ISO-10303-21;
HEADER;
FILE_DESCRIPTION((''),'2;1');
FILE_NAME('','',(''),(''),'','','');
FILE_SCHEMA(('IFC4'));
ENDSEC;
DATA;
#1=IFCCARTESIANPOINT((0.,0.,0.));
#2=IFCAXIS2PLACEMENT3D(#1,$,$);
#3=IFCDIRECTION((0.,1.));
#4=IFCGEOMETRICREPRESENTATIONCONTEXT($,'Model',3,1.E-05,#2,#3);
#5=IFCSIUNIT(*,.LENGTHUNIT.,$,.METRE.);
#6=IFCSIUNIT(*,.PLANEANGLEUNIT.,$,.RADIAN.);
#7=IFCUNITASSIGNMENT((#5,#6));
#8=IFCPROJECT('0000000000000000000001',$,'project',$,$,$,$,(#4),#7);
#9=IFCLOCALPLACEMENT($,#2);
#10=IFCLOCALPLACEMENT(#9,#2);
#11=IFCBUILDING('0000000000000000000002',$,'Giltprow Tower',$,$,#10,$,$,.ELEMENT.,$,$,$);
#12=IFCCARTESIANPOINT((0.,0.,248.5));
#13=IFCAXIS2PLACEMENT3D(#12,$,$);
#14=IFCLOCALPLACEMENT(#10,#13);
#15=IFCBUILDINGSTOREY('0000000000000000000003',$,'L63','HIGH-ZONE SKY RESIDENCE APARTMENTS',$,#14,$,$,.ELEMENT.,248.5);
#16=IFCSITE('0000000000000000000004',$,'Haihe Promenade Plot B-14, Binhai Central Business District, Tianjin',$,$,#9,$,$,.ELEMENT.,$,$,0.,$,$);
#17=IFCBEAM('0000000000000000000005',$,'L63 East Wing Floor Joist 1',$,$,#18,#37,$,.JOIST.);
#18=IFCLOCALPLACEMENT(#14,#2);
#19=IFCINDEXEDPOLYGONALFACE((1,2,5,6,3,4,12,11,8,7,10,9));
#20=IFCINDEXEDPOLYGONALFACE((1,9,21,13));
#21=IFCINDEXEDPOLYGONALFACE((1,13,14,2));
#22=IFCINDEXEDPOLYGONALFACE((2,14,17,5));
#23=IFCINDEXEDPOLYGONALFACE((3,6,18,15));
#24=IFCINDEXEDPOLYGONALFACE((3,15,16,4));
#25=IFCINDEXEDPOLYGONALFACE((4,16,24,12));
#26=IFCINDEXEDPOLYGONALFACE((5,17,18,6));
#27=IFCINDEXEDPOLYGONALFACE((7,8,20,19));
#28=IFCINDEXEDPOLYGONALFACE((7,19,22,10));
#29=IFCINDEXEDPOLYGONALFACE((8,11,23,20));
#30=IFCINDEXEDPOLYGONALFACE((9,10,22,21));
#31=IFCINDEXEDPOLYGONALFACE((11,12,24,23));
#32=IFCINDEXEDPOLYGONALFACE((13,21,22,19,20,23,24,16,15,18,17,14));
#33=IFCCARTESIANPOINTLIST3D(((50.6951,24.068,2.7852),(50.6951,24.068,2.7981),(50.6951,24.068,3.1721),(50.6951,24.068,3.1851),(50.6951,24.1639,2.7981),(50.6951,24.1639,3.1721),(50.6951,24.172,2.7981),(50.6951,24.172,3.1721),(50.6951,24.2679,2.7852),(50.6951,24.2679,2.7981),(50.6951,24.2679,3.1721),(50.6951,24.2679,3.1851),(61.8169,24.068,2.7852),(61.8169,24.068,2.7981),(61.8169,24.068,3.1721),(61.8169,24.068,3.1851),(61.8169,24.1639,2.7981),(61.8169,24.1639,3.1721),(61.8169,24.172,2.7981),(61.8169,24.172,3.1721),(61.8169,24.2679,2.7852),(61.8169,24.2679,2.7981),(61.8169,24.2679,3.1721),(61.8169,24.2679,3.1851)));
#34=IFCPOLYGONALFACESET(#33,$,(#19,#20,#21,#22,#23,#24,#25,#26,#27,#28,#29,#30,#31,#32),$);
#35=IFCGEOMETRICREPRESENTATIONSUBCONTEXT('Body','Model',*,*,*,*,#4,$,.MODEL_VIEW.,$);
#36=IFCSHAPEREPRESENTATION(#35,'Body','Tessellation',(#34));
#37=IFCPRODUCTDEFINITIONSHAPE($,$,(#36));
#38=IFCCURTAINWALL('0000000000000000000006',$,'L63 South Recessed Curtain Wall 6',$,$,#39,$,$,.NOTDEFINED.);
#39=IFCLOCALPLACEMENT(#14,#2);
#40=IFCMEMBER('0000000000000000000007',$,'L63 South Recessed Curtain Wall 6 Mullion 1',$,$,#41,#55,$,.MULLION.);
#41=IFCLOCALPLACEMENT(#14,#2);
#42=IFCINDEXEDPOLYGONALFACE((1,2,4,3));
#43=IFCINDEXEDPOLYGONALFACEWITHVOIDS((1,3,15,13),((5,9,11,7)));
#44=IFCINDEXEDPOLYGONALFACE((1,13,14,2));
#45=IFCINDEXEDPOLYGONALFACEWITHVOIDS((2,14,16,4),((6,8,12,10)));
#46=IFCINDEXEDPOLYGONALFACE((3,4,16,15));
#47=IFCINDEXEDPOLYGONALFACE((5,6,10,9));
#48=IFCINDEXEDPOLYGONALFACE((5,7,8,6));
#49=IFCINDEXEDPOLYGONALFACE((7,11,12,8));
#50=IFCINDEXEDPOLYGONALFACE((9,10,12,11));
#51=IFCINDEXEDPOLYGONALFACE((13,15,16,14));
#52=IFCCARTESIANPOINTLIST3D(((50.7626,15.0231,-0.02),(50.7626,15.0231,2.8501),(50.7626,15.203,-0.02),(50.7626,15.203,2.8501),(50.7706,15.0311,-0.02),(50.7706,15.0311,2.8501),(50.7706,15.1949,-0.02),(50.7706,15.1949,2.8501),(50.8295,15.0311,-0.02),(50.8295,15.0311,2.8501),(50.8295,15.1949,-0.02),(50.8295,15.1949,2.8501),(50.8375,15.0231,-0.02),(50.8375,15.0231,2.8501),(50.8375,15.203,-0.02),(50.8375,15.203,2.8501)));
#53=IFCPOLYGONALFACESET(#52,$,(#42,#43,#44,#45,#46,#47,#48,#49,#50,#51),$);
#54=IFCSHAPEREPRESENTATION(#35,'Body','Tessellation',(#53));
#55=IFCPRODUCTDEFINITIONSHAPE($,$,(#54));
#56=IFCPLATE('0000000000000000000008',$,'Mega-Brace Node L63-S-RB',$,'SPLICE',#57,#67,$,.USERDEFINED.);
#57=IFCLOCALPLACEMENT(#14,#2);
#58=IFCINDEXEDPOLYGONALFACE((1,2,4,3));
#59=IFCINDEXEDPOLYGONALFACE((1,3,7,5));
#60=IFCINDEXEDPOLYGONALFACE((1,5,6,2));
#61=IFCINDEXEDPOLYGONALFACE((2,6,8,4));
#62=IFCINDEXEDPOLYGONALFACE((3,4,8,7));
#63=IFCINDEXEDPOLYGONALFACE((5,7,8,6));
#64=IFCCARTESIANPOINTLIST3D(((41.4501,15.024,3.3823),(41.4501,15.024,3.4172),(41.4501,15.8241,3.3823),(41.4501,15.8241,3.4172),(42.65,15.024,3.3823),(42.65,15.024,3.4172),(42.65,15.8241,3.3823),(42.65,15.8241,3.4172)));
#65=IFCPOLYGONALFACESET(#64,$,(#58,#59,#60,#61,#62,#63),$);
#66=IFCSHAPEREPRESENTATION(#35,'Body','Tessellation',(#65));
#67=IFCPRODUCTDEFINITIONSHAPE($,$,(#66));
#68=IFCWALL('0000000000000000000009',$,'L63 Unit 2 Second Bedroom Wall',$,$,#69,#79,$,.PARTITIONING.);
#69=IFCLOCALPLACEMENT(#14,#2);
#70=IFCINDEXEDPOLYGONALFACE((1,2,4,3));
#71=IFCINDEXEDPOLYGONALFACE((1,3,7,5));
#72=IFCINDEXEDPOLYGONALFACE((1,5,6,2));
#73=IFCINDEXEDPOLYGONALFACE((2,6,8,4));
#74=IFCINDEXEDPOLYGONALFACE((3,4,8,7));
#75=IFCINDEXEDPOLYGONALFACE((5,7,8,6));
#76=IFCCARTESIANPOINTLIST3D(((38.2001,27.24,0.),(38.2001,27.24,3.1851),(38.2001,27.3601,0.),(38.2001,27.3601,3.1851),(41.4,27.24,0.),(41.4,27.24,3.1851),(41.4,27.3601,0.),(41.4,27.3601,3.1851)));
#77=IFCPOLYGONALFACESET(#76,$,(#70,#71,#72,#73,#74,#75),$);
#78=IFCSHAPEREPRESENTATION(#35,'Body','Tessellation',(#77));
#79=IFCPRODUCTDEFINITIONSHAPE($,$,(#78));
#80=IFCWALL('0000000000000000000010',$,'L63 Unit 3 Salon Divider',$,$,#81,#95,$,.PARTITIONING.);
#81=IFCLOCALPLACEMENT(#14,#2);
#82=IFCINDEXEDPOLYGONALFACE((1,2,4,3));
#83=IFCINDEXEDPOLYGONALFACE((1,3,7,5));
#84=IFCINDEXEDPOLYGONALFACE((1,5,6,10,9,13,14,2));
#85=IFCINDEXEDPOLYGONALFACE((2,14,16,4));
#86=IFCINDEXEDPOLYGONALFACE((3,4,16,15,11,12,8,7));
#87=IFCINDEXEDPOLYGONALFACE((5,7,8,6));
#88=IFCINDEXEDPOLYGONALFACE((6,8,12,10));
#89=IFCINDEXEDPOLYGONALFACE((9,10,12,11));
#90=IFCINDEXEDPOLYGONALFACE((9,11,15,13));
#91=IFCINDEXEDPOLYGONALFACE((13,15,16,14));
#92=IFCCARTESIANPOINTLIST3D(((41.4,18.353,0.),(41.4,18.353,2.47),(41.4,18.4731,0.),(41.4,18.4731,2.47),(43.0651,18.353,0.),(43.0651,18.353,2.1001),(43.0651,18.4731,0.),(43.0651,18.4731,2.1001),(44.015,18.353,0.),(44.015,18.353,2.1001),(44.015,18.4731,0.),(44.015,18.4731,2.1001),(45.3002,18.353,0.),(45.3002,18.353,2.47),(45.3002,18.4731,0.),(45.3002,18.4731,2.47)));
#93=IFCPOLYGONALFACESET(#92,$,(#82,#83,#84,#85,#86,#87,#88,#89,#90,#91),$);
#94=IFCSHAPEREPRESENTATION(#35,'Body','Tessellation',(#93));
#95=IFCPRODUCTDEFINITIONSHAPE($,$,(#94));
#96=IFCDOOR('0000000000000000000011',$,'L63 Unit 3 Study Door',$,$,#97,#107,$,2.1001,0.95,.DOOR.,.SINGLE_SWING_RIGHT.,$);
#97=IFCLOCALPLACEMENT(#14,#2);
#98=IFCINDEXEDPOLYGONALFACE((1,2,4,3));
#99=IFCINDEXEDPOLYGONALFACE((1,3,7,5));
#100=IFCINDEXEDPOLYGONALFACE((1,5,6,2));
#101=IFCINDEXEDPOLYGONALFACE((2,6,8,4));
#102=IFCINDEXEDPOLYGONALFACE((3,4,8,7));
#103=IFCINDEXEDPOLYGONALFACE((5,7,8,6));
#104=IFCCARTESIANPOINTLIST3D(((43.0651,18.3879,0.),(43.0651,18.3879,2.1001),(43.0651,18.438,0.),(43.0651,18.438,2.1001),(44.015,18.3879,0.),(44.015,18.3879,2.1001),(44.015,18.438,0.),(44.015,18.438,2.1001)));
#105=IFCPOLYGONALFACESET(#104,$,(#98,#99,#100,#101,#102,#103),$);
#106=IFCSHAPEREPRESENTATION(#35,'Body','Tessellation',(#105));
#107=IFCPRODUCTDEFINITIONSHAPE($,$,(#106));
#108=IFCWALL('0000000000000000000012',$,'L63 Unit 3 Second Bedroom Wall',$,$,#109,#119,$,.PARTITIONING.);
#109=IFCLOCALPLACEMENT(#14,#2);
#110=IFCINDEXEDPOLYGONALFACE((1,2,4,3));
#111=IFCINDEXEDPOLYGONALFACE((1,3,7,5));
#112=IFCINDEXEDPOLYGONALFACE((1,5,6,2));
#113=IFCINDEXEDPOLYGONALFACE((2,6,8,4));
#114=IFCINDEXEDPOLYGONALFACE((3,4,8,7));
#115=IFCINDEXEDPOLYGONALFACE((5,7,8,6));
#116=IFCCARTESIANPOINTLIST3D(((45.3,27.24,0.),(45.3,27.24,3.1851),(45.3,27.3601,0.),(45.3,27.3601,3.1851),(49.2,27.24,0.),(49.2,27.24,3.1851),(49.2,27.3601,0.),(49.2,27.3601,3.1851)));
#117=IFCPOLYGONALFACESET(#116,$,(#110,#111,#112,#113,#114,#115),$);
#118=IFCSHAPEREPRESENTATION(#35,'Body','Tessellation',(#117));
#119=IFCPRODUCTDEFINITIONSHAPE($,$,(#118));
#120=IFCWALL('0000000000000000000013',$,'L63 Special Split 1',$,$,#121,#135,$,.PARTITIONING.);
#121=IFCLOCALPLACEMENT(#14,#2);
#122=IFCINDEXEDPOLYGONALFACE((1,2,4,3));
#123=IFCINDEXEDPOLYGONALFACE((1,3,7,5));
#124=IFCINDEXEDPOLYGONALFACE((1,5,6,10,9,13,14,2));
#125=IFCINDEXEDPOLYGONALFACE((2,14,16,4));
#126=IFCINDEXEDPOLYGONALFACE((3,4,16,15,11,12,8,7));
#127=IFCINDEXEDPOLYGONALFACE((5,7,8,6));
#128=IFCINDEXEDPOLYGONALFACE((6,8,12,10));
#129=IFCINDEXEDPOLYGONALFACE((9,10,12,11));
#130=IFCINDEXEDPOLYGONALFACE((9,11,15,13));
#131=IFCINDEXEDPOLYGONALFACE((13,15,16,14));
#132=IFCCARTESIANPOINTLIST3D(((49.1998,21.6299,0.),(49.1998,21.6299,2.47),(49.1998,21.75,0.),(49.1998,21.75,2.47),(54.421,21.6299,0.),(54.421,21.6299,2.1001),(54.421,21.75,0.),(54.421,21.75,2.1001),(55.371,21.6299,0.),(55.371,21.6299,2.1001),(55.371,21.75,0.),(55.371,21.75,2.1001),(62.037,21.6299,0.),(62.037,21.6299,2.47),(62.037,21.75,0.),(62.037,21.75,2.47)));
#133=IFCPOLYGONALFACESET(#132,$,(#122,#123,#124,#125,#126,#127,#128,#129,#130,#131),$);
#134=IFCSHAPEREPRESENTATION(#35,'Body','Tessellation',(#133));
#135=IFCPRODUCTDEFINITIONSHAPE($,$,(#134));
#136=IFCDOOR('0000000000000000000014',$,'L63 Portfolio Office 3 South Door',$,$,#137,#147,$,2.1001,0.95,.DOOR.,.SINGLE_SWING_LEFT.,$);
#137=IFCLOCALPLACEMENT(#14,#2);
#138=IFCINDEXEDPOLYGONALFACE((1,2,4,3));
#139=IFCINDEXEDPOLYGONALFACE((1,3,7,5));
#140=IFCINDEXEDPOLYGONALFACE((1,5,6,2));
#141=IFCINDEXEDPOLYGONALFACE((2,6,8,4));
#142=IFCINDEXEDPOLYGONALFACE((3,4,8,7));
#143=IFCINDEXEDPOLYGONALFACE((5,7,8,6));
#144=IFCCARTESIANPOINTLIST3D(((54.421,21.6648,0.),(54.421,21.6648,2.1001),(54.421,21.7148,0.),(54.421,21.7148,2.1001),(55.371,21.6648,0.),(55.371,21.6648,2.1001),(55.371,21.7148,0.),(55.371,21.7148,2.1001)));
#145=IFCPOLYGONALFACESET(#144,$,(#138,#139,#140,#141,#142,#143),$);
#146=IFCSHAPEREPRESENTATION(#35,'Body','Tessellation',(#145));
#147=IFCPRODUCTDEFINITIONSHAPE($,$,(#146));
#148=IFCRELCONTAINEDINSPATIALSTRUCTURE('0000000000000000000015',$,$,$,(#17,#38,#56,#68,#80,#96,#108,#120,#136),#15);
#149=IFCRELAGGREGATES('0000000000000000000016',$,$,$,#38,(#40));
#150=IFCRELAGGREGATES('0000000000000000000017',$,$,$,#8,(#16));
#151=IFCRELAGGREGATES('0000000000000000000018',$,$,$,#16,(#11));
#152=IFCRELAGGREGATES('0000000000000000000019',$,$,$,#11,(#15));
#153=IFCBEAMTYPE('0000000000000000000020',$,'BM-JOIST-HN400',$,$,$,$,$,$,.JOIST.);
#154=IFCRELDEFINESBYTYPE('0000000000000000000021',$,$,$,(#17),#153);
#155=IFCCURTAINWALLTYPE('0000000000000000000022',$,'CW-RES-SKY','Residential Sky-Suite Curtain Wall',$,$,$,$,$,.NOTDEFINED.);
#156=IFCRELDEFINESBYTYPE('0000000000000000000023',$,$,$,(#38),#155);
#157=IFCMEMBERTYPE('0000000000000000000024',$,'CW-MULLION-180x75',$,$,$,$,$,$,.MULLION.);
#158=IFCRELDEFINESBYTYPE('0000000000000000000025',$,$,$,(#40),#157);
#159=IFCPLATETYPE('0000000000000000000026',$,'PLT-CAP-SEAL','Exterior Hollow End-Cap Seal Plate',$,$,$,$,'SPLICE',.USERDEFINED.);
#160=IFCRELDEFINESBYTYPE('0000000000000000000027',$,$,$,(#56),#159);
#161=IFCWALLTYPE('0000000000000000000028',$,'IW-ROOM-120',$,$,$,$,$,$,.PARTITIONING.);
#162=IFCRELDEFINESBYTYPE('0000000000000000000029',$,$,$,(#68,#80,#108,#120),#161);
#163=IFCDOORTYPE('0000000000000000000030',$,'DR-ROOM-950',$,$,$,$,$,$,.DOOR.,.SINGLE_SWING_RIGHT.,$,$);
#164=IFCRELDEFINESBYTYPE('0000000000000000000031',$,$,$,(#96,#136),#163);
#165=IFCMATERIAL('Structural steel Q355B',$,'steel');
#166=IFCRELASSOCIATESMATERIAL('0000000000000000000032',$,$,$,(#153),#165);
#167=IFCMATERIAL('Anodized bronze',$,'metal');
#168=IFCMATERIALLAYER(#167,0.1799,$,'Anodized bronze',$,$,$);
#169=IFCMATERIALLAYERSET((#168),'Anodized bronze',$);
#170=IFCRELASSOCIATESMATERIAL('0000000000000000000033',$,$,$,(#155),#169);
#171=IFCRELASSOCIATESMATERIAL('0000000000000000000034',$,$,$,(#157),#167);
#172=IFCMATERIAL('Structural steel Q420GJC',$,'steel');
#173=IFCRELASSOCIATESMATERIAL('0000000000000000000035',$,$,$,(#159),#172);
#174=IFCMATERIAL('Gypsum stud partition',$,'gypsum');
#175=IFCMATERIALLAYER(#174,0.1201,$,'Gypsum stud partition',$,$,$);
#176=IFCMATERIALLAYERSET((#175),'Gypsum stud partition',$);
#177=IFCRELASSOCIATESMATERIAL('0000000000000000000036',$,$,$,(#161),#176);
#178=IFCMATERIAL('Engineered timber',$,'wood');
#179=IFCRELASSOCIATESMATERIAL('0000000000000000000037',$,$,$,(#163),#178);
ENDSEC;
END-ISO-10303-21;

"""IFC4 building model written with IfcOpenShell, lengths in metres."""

from ifc_helpers import new_model, si_unit, direction, frame, frame_2d, origin, origin_2d, place, context, subcontext, project, spatial, rectangle, hollow_rectangle, i_section, extrude, source, transform, mapped, material, layer, layer_set, material_profile, profile_set, type_object, element, fill, aggregate, save


model = new_model("IFC4")

# Units and contexts
model_context = context("Model", 3, precision=1e-05, world=origin(), true_north=direction((0.0, 1.0)))
body_context = subcontext(model_context, "Body", "Model", "MODEL_VIEW")
ifc_project = project(units=[si_unit("LENGTHUNIT", "METRE"), si_unit("PLANEANGLEUNIT", "RADIAN")], contexts=[model_context])

# Site, building, storey
site_placement = place(None, origin())
site = spatial("IfcSite", under=ifc_project, at=site_placement, Name="Haihe Promenade Plot B-14, Binhai Central Business District, Tianjin", CompositionType="ELEMENT", RefElevation=0.0)
building_placement = place(site_placement, origin())
building = spatial("IfcBuilding", under=site, at=building_placement, Name="Giltprow Tower", CompositionType="ELEMENT")
storey_placement = place(building_placement, frame((0.0, 0.0, 248.5)))
storey = spatial("IfcBuildingStorey", under=building, at=storey_placement, Name="L63", Description="HIGH-ZONE SKY RESIDENCE APARTMENTS", CompositionType="ELEMENT", Elevation=248.5)

# Beam
ifc_material_1 = material(Name="Structural steel Q355B", Category="steel")
ifc_material_profile_1 = material_profile(ifc_material_1, i_section(OverallWidth=0.2, OverallDepth=0.3999, WebThickness=0.0081, FlangeThickness=0.0129, at=origin_2d()), Name="HN 400x200x8x13")
ifc_profile_set_1 = profile_set([ifc_material_profile_1], Name="Structural steel Q355B")
beam_type_1 = type_object("IfcBeamType", Name="BM-JOIST-HN400", PredefinedType="JOIST", material=ifc_profile_set_1)
shared_shape_1 = source(origin(), body_context, "Body", "SweptSolid", [
    extrude(i_section(OverallWidth=0.2, OverallDepth=0.3999, WebThickness=0.0081, FlangeThickness=0.0129, at=origin_2d()), origin(), (0.0, 0.0, 1.0), 11.1218),
])
beam_1_placement = place(storey_placement, frame((50.6951, 24.168, 2.9851), z_axis=(1.0, 0.0, 0.0), x_axis=(0.0, 1.0, 0.0)))
element("IfcBeam", 1, at=beam_1_placement, inside=storey, type_object=beam_type_1, Name="L63 East Wing Floor Joist 1", PredefinedType="JOIST", context=body_context, shape_type="MappedRepresentation", body=[
    mapped(shared_shape_1, transform((0.0, 0.0, 0.0), x_axis=(1.0, 0.0, 0.0), y_axis=(0.0, 1.0, 0.0), z_axis=(0.0, 0.0, 1.0), scale=1.0)),
])

# Curtain wall, member
ifc_material_2 = material(Name="Anodized bronze", Category="metal")
ifc_layer_1 = layer(ifc_material_2, 0.1799, Name="Anodized bronze")
ifc_layer_set_1 = layer_set([ifc_layer_1], Name="Anodized bronze")
curtain_wall_type = type_object("IfcCurtainWallType", Name="CW-RES-SKY", Description="Residential Sky-Suite Curtain Wall", PredefinedType="NOTDEFINED", material=ifc_layer_set_1)
curtain_wall_placement = place(storey_placement, origin())
curtain_wall = element("IfcCurtainWall", 2, at=curtain_wall_placement, inside=storey, type_object=curtain_wall_type, Name="L63 South Recessed Curtain Wall 6", PredefinedType="NOTDEFINED")
ifc_material_profile_2 = material_profile(ifc_material_2, hollow_rectangle(XDim=0.075, YDim=0.1799, WallThickness=0.0081, at=origin_2d()), Name="RHS 180x75x8")
ifc_profile_set_2 = profile_set([ifc_material_profile_2], Name="Anodized bronze")
member_type = type_object("IfcMemberType", Name="CW-MULLION-180x75", PredefinedType="MULLION", material=ifc_profile_set_2)
shared_shape_2 = source(origin(), body_context, "Body", "SweptSolid", [
    extrude(hollow_rectangle(XDim=0.075, YDim=0.1799, WallThickness=0.0081, at=origin_2d()), origin(), (0.0, 0.0, 1.0), 2.8701),
])
member_placement = place(storey_placement, frame((50.8, 15.113, -0.02), z_axis=(0.0, 0.0, 1.0), x_axis=(1.0, 0.0, 0.0)))
member = element("IfcMember", 3, at=member_placement, type_object=member_type, Name="L63 South Recessed Curtain Wall 6 Mullion 1", PredefinedType="MULLION", context=body_context, shape_type="MappedRepresentation", body=[
    mapped(shared_shape_2, transform((0.0, 0.0, 0.0), x_axis=(1.0, 0.0, 0.0), y_axis=(0.0, 1.0, 0.0), z_axis=(0.0, 0.0, 1.0), scale=1.0)),
])
aggregate(curtain_wall, [member])

# Plate
ifc_material_3 = material(Name="Structural steel Q420GJC", Category="steel")
plate_type = type_object("IfcPlateType", Name="PLT-CAP-SEAL", Description="Exterior Hollow End-Cap Seal Plate", ElementType="SPLICE", PredefinedType="USERDEFINED", material=ifc_material_3)
shared_shape_3 = source(origin(), body_context, "Body", "SweptSolid", [
    extrude(rectangle(XDim=1.2, YDim=0.8, at=origin_2d()), origin(), (0.0, 0.0, 1.0), 0.0349),
])
plate_placement = place(storey_placement, frame((42.05, 15.4241, 3.3823), z_axis=(0.0, 0.0, 1.0), x_axis=(1.0, 0.0, 0.0)))
element("IfcPlate", 4, at=plate_placement, inside=storey, type_object=plate_type, Name="Mega-Brace Node L63-S-RB", ObjectType="SPLICE", PredefinedType="USERDEFINED", context=body_context, shape_type="MappedRepresentation", body=[
    mapped(shared_shape_3, transform((0.0, 0.0, 0.0), x_axis=(1.0, 0.0, 0.0), y_axis=(0.0, 1.0, 0.0), z_axis=(0.0, 0.0, 1.0), scale=1.0)),
])

# Wall
ifc_material_4 = material(Name="Gypsum stud partition", Category="gypsum")
ifc_layer_2 = layer(ifc_material_4, 0.1201, Name="Gypsum stud partition")
ifc_layer_set_2 = layer_set([ifc_layer_2], Name="Gypsum stud partition")
wall_type_1 = type_object("IfcWallType", Name="IW-ROOM-120", PredefinedType="PARTITIONING", material=ifc_layer_set_2)
wall_1_placement = place(storey_placement, frame((38.2, 27.3, 0.0), z_axis=(0.0, 0.0, 1.0), x_axis=(1.0, 0.0, 0.0)))
element("IfcWall", 5, at=wall_1_placement, inside=storey, type_object=wall_type_1, Name="L63 Unit 2 Second Bedroom Wall", PredefinedType="PARTITIONING", context=body_context, shape_type="SweptSolid", body=[
    extrude(rectangle(XDim=3.2, YDim=0.1201, at=frame_2d((1.6001, 0.0))), origin(), (0.0, 0.0, 1.0), 3.1851),
])

# Wall, opening, door
wall_2_placement = place(storey_placement, frame((41.3999, 18.4131, 0.0), z_axis=(0.0, 0.0, 1.0), x_axis=(1.0, 0.0, 0.0)))
wall_2 = element("IfcWall", 6, at=wall_2_placement, inside=storey, type_object=wall_type_1, Name="L63 Unit 3 Salon Divider", PredefinedType="PARTITIONING", context=body_context, shape_type="SweptSolid", body=[
    extrude(rectangle(XDim=3.9001, YDim=0.1201, at=frame_2d((1.9502, 0.0))), origin(), (0.0, 0.0, 1.0), 2.47),
])
opening_1_placement = place(wall_2_placement, frame((1.665, 0.0, 0.0)))
opening_1 = element("IfcOpeningElement", 7, at=opening_1_placement, cuts=wall_2, PredefinedType="OPENING", context=body_context, shape_type="SweptSolid", body=[
    extrude(rectangle(XDim=0.95, YDim=2.1001, at=frame_2d((0.4751, 1.05))), frame((0.0, 0.0701, 0.0), z_axis=(0.0, -1.0, 0.0), x_axis=(1.0, 0.0, 0.0)), (0.0, 0.0, 1.0), 0.1401),
])
ifc_material_5 = material(Name="Engineered timber", Category="wood")
door_type = type_object("IfcDoorType", Name="DR-ROOM-950", OperationType="SINGLE_SWING_RIGHT", PredefinedType="DOOR", material=ifc_material_5)
shared_shape_4 = source(origin(), body_context, "Body", "SweptSolid", [
    extrude(rectangle(XDim=0.95, YDim=2.1001, at=frame_2d((0.4751, 1.05))), frame((0.0, 0.0249, 0.0), z_axis=(0.0, -1.0, 0.0), x_axis=(1.0, 0.0, 0.0)), (0.0, 0.0, 1.0), 0.05),
])
door_1_placement = place(opening_1_placement, origin())
door_1 = element("IfcDoor", 8, at=door_1_placement, inside=storey, type_object=door_type, Name="L63 Unit 3 Study Door", OperationType="SINGLE_SWING_RIGHT", OverallHeight=2.1001, OverallWidth=0.95, PredefinedType="DOOR", context=body_context, shape_type="MappedRepresentation", body=[
    mapped(shared_shape_4, transform((0.0, 0.0, 0.0), x_axis=(1.0, 0.0, 0.0), y_axis=(0.0, 1.0, 0.0), z_axis=(0.0, 0.0, 1.0), scale=1.0)),
])
fill(opening_1, door_1)

# Wall
wall_3_placement = place(storey_placement, frame((45.3, 27.3, 0.0), z_axis=(0.0, 0.0, 1.0), x_axis=(1.0, 0.0, 0.0)))
element("IfcWall", 9, at=wall_3_placement, inside=storey, type_object=wall_type_1, Name="L63 Unit 3 Second Bedroom Wall", PredefinedType="PARTITIONING", context=body_context, shape_type="SweptSolid", body=[
    extrude(rectangle(XDim=3.8999, YDim=0.1201, at=frame_2d((1.95, 0.0))), origin(), (0.0, 0.0, 1.0), 3.1851),
])

# Wall, opening, door
wall_4_placement = place(storey_placement, frame((49.2, 21.6899, 0.0), z_axis=(0.0, 0.0, 1.0), x_axis=(1.0, 0.0, 0.0)))
wall_4 = element("IfcWall", 10, at=wall_4_placement, inside=storey, type_object=wall_type_1, Name="L63 Special Split 1", PredefinedType="PARTITIONING", context=body_context, shape_type="SweptSolid", body=[
    extrude(rectangle(XDim=12.8372, YDim=0.1201, at=frame_2d((6.4185, 0.0))), origin(), (0.0, 0.0, 1.0), 2.47),
])
opening_2_placement = place(wall_4_placement, frame((5.2209, 0.0, 0.0)))
opening_2 = element("IfcOpeningElement", 11, at=opening_2_placement, cuts=wall_4, PredefinedType="OPENING", context=body_context, shape_type="SweptSolid", body=[
    extrude(rectangle(XDim=0.95, YDim=2.1001, at=frame_2d((0.4751, 1.05))), frame((0.0, 0.0701, 0.0), z_axis=(0.0, -1.0, 0.0), x_axis=(1.0, 0.0, 0.0)), (0.0, 0.0, 1.0), 0.1401),
])
door_2_placement = place(opening_2_placement, origin())
door_2 = element("IfcDoor", 12, at=door_2_placement, inside=storey, type_object=door_type, Name="L63 Portfolio Office 3 South Door", OperationType="SINGLE_SWING_LEFT", OverallHeight=2.1001, OverallWidth=0.95, PredefinedType="DOOR", context=body_context, shape_type="MappedRepresentation", body=[
    mapped(shared_shape_4, transform((0.0, 0.0, 0.0), x_axis=(1.0, 0.0, 0.0), y_axis=(0.0, 1.0, 0.0), z_axis=(0.0, 0.0, 1.0), scale=1.0)),
])
fill(opening_2, door_2)

save(model, "model.ifc")
